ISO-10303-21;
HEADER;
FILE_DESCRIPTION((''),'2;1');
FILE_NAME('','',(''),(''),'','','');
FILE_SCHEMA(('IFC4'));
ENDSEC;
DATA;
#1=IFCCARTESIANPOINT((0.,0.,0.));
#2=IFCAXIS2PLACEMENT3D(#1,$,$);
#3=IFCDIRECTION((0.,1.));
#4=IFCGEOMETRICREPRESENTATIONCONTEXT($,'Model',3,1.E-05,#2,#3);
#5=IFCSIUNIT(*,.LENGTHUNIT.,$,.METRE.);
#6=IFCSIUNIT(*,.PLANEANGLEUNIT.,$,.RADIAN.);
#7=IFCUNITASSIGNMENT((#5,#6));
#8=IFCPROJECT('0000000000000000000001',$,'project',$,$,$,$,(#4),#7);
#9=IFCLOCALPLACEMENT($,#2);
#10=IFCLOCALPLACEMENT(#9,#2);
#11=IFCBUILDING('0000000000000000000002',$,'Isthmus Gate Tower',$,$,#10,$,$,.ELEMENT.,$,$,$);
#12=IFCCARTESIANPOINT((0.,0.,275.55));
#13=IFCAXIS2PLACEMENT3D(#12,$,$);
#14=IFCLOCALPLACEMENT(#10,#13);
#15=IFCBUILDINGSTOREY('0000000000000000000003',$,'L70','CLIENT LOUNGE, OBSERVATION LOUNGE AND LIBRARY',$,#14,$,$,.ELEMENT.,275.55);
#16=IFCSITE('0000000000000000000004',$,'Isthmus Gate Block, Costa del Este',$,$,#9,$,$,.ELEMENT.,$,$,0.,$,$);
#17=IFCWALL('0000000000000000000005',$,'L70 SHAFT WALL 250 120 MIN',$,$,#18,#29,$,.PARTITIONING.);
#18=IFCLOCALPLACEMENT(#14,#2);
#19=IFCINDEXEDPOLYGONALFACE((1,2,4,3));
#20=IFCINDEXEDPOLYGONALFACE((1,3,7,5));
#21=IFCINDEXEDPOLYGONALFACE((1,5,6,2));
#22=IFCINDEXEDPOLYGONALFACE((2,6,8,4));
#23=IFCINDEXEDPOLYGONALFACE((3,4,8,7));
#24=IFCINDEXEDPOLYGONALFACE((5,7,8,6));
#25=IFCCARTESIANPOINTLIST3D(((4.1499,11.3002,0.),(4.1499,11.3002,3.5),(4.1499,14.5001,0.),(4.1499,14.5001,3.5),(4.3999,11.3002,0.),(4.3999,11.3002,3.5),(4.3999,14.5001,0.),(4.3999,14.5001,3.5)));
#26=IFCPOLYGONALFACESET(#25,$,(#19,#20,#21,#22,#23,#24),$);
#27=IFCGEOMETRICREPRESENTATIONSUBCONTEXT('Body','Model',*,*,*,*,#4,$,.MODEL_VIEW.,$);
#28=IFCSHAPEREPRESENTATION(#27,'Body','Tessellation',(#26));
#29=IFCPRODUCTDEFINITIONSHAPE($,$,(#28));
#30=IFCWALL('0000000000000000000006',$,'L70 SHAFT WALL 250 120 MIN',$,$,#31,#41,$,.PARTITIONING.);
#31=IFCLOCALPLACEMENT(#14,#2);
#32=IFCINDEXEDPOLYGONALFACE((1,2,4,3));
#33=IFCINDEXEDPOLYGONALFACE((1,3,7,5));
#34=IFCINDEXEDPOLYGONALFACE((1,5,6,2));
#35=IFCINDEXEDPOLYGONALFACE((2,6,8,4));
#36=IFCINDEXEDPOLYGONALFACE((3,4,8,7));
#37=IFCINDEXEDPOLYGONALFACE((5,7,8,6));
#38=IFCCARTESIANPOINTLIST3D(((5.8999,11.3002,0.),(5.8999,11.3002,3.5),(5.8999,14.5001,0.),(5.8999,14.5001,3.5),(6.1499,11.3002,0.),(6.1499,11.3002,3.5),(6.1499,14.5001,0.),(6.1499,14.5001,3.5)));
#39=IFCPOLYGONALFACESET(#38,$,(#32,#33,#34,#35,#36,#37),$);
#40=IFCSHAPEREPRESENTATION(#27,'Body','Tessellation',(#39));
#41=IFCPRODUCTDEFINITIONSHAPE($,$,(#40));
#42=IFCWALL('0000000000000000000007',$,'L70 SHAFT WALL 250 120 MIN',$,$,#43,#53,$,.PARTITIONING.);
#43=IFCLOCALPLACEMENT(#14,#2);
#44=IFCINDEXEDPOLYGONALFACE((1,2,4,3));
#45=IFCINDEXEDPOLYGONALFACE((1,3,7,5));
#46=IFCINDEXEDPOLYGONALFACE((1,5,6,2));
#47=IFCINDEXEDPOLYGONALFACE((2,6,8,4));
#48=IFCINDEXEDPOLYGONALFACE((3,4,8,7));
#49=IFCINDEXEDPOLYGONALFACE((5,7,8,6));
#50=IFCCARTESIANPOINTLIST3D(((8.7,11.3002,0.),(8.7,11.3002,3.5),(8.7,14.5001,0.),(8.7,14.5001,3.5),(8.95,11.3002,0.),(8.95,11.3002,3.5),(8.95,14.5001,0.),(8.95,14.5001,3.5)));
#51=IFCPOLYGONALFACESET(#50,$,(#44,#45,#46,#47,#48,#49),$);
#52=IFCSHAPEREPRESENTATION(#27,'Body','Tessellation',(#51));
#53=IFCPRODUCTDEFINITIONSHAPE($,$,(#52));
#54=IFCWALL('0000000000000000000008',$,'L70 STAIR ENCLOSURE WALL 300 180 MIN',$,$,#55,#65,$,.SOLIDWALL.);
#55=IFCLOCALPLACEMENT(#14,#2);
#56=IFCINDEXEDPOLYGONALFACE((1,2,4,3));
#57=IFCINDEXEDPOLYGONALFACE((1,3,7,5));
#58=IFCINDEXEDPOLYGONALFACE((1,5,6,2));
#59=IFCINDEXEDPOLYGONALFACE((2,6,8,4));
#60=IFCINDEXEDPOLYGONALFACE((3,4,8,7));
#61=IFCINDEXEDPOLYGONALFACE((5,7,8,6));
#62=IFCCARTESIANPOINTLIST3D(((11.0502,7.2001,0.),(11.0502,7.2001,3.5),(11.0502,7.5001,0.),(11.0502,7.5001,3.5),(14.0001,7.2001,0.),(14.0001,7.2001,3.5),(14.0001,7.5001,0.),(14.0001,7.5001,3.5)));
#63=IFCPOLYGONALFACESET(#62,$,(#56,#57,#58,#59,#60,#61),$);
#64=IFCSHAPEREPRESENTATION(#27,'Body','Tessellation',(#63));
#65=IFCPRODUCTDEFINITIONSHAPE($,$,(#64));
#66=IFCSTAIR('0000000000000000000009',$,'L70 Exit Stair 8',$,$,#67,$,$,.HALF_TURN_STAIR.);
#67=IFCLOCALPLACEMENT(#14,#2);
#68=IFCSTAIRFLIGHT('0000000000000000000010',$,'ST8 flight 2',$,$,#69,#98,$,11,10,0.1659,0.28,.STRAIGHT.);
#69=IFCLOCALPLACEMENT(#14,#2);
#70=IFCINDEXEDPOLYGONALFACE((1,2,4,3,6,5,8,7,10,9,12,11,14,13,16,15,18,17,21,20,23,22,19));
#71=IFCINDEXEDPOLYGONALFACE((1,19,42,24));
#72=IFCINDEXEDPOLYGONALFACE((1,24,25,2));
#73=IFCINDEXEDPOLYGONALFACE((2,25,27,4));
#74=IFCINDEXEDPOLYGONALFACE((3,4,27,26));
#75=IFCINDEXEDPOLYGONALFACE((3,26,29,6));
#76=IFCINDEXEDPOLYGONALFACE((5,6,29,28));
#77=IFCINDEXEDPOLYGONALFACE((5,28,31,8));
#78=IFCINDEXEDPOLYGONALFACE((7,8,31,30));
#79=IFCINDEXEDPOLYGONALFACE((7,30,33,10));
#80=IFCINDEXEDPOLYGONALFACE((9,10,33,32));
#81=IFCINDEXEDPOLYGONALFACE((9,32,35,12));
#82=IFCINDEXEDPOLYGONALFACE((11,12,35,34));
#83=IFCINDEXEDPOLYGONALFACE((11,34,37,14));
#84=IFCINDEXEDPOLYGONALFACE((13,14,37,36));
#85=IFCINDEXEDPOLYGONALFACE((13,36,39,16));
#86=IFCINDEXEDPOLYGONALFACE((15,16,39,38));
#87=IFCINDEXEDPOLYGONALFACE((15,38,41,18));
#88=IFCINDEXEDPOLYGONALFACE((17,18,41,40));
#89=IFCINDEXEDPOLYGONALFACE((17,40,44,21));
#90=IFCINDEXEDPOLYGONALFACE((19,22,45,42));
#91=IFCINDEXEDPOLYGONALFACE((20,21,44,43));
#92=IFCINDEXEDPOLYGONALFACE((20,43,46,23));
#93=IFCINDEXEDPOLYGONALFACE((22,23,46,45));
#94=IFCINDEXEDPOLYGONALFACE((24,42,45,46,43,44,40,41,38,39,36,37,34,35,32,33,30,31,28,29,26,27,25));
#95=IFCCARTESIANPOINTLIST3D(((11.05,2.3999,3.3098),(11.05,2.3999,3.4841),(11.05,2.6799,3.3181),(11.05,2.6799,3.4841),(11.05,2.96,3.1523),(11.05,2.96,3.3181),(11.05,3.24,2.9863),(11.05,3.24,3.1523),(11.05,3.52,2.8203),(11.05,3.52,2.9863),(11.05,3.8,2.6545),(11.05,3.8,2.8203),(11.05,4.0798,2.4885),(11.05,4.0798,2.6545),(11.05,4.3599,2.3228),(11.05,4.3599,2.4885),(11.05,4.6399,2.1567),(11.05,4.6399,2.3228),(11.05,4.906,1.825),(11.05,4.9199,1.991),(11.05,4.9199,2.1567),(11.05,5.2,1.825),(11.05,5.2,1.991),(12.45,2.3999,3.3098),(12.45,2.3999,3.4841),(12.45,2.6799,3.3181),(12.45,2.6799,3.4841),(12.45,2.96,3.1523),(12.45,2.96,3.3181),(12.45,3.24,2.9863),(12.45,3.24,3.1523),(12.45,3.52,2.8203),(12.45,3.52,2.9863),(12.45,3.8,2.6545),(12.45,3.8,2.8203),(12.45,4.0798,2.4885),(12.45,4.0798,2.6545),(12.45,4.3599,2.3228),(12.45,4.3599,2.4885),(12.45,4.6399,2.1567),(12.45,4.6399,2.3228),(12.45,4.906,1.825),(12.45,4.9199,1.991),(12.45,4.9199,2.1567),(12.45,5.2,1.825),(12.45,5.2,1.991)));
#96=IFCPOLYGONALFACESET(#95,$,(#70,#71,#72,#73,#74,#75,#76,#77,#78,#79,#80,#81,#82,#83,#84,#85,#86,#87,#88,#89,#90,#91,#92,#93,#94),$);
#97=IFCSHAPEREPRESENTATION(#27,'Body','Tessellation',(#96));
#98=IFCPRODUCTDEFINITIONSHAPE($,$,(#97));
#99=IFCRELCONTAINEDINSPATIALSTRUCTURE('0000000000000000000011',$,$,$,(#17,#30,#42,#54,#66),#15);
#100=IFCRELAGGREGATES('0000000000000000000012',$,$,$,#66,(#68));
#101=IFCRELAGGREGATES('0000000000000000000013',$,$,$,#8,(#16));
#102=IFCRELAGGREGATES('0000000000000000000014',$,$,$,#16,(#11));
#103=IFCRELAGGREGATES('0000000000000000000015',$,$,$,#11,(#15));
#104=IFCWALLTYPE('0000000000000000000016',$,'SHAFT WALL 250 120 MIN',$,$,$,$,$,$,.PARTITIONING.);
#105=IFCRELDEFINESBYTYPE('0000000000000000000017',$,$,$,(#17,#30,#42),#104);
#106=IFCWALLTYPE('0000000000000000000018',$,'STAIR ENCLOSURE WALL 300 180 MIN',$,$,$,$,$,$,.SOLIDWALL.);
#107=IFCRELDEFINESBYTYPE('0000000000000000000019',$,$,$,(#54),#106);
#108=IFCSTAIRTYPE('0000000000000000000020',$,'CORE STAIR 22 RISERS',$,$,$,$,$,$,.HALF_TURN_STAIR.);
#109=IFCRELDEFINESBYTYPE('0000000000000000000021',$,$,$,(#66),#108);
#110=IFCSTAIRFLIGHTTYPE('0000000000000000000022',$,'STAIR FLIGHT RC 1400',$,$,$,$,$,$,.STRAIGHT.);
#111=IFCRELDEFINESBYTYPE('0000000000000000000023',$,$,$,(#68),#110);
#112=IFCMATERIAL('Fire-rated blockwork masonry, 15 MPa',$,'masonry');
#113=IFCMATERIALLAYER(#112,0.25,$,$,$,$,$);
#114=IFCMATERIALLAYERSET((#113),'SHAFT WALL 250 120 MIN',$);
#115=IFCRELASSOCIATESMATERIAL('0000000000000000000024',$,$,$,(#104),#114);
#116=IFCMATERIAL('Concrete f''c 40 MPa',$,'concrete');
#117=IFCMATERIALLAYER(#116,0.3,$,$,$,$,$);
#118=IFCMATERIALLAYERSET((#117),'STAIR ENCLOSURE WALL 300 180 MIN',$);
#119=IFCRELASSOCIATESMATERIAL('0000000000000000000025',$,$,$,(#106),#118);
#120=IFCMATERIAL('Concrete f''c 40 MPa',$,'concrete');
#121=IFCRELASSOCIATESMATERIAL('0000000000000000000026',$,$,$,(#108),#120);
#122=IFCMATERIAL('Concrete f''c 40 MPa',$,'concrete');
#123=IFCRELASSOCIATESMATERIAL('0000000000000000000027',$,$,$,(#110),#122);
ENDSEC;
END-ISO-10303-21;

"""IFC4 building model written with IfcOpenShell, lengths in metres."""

from ifc_helpers import new_model, si_unit, direction, frame, frame_2d, origin, place, context, subcontext, project, spatial, polyline, rectangle, outline, extrude, material, layer, layer_set, type_object, element, aggregate, save


model = new_model("IFC4")

# Units and contexts
model_context = context("Model", 3, precision=1e-05, world=origin(), true_north=direction((0.0, 1.0)))
body_context = subcontext(model_context, "Body", "Model", "MODEL_VIEW")
ifc_project = project(units=[si_unit("LENGTHUNIT", "METRE"), si_unit("PLANEANGLEUNIT", "RADIAN")], contexts=[model_context])

# Site, building, storey
site_placement = place(None, origin())
site = spatial("IfcSite", under=ifc_project, at=site_placement, Name="Isthmus Gate Block, Costa del Este", CompositionType="ELEMENT", RefElevation=0.0)
building_placement = place(site_placement, origin())
building = spatial("IfcBuilding", under=site, at=building_placement, Name="Isthmus Gate Tower", CompositionType="ELEMENT")
storey_placement = place(building_placement, frame((0.0, 0.0, 275.55)))
storey = spatial("IfcBuildingStorey", under=building, at=storey_placement, Name="L70", Description="CLIENT LOUNGE, OBSERVATION LOUNGE AND LIBRARY", CompositionType="ELEMENT", Elevation=275.55)

# Walls
ifc_material_1 = material(Name="Fire-rated blockwork masonry, 15 MPa", Category="masonry")
ifc_layer_1 = layer(ifc_material_1, 0.25)
ifc_layer_set_1 = layer_set([ifc_layer_1], Name="SHAFT WALL 250 120 MIN")
wall_type_1 = type_object("IfcWallType", Name="SHAFT WALL 250 120 MIN", PredefinedType="PARTITIONING", material=ifc_layer_set_1)
for number, where, z_axis, x_axis, name in (
    (1, (4.2749, 11.3, 0.0), (0.0, 0.0, 1.0), (0.0, 1.0, 0.0), "L70 SHAFT WALL 250 120 MIN"),
    (2, (6.0249, 11.3, 0.0), (0.0, 0.0, 1.0), (0.0, 1.0, 0.0), "L70 SHAFT WALL 250 120 MIN"),
    (3, (8.825, 11.3, 0.0), (0.0, 0.0, 1.0), (0.0, 1.0, 0.0), "L70 SHAFT WALL 250 120 MIN"),
):
    element("IfcWall", number, at=place(storey_placement, frame(where, z_axis=z_axis, x_axis=x_axis)), inside=storey, type_object=wall_type_1, Name=name, PredefinedType="PARTITIONING", context=body_context, shape_type="SweptSolid", body=[
        extrude(rectangle(XDim=3.2, YDim=0.25, at=frame_2d((1.6001, 0.0))), origin(), (0.0, 0.0, 1.0), 3.5),
    ])
ifc_material_2 = material(Name="Concrete f'c 40 MPa", Category="concrete")
ifc_layer_2 = layer(ifc_material_2, 0.3)
ifc_layer_set_2 = layer_set([ifc_layer_2], Name="STAIR ENCLOSURE WALL 300 180 MIN")
wall_type_2 = type_object("IfcWallType", Name="STAIR ENCLOSURE WALL 300 180 MIN", PredefinedType="SOLIDWALL", material=ifc_layer_set_2)
wall_1_placement = place(storey_placement, frame((11.05, 7.3501, 0.0), z_axis=(0.0, 0.0, 1.0), x_axis=(1.0, 0.0, 0.0)))
element("IfcWall", 4, at=wall_1_placement, inside=storey, type_object=wall_type_2, Name="L70 STAIR ENCLOSURE WALL 300 180 MIN", PredefinedType="SOLIDWALL", context=body_context, shape_type="SweptSolid", body=[
    extrude(rectangle(XDim=2.95, YDim=0.3, at=frame_2d((1.4751, 0.0))), origin(), (0.0, 0.0, 1.0), 3.5),
])

# Stair, stair flight
ifc_material_3 = material(Name="Concrete f'c 40 MPa", Category="concrete")
stair_type = type_object("IfcStairType", Name="CORE STAIR 22 RISERS", PredefinedType="HALF_TURN_STAIR", material=ifc_material_3)
stair_placement = place(storey_placement, origin())
stair = element("IfcStair", 5, at=stair_placement, inside=storey, type_object=stair_type, Name="L70 Exit Stair 8", PredefinedType="HALF_TURN_STAIR")
ifc_material_4 = material(Name="Concrete f'c 40 MPa", Category="concrete")
stair_flight_type = type_object("IfcStairFlightType", Name="STAIR FLIGHT RC 1400", PredefinedType="STRAIGHT", material=ifc_material_4)
stair_flight_placement = place(storey_placement, frame((11.75, 5.2, 1.825), z_axis=(0.0, 0.0, 1.0), x_axis=(0.0, -1.0, 0.0)))
stair_flight = element("IfcStairFlight", 6, at=stair_flight_placement, type_object=stair_flight_type, Name="ST8 flight 2", NumberOfRisers=11, NumberOfTreads=10, PredefinedType="STRAIGHT", RiserHeight=0.1659, TreadLength=0.28, context=body_context, shape_type="SweptSolid", body=[
    extrude(outline(polyline([(0.0, 0.0), (0.0, 0.166), (0.28, 0.166), (0.28, 0.3318), (0.5601, 0.3318), (0.5601, 0.4978), (0.8401, 0.4978), (0.8401, 0.6636), (1.1201, 0.6636), (1.1201, 0.8296), (1.3999, 0.8296), (1.3999, 0.9954), (1.6799, 0.9954), (1.6799, 1.1614), (1.96, 1.1614), (1.96, 1.3274), (2.24, 1.3274), (2.24, 1.4932), (2.52, 1.4932), (2.52, 1.6592), (2.8, 1.6592), (2.8, 1.825), (2.8, 1.4849), (0.2939, 0.0), (0.0, 0.0)])), frame((0.0, 0.7, 0.0), z_axis=(0.0, -1.0, 0.0), x_axis=(1.0, 0.0, 0.0)), (0.0, 0.0, 1.0), 1.3999),
])
aggregate(stair, [stair_flight])

save(model, "model.ifc")
